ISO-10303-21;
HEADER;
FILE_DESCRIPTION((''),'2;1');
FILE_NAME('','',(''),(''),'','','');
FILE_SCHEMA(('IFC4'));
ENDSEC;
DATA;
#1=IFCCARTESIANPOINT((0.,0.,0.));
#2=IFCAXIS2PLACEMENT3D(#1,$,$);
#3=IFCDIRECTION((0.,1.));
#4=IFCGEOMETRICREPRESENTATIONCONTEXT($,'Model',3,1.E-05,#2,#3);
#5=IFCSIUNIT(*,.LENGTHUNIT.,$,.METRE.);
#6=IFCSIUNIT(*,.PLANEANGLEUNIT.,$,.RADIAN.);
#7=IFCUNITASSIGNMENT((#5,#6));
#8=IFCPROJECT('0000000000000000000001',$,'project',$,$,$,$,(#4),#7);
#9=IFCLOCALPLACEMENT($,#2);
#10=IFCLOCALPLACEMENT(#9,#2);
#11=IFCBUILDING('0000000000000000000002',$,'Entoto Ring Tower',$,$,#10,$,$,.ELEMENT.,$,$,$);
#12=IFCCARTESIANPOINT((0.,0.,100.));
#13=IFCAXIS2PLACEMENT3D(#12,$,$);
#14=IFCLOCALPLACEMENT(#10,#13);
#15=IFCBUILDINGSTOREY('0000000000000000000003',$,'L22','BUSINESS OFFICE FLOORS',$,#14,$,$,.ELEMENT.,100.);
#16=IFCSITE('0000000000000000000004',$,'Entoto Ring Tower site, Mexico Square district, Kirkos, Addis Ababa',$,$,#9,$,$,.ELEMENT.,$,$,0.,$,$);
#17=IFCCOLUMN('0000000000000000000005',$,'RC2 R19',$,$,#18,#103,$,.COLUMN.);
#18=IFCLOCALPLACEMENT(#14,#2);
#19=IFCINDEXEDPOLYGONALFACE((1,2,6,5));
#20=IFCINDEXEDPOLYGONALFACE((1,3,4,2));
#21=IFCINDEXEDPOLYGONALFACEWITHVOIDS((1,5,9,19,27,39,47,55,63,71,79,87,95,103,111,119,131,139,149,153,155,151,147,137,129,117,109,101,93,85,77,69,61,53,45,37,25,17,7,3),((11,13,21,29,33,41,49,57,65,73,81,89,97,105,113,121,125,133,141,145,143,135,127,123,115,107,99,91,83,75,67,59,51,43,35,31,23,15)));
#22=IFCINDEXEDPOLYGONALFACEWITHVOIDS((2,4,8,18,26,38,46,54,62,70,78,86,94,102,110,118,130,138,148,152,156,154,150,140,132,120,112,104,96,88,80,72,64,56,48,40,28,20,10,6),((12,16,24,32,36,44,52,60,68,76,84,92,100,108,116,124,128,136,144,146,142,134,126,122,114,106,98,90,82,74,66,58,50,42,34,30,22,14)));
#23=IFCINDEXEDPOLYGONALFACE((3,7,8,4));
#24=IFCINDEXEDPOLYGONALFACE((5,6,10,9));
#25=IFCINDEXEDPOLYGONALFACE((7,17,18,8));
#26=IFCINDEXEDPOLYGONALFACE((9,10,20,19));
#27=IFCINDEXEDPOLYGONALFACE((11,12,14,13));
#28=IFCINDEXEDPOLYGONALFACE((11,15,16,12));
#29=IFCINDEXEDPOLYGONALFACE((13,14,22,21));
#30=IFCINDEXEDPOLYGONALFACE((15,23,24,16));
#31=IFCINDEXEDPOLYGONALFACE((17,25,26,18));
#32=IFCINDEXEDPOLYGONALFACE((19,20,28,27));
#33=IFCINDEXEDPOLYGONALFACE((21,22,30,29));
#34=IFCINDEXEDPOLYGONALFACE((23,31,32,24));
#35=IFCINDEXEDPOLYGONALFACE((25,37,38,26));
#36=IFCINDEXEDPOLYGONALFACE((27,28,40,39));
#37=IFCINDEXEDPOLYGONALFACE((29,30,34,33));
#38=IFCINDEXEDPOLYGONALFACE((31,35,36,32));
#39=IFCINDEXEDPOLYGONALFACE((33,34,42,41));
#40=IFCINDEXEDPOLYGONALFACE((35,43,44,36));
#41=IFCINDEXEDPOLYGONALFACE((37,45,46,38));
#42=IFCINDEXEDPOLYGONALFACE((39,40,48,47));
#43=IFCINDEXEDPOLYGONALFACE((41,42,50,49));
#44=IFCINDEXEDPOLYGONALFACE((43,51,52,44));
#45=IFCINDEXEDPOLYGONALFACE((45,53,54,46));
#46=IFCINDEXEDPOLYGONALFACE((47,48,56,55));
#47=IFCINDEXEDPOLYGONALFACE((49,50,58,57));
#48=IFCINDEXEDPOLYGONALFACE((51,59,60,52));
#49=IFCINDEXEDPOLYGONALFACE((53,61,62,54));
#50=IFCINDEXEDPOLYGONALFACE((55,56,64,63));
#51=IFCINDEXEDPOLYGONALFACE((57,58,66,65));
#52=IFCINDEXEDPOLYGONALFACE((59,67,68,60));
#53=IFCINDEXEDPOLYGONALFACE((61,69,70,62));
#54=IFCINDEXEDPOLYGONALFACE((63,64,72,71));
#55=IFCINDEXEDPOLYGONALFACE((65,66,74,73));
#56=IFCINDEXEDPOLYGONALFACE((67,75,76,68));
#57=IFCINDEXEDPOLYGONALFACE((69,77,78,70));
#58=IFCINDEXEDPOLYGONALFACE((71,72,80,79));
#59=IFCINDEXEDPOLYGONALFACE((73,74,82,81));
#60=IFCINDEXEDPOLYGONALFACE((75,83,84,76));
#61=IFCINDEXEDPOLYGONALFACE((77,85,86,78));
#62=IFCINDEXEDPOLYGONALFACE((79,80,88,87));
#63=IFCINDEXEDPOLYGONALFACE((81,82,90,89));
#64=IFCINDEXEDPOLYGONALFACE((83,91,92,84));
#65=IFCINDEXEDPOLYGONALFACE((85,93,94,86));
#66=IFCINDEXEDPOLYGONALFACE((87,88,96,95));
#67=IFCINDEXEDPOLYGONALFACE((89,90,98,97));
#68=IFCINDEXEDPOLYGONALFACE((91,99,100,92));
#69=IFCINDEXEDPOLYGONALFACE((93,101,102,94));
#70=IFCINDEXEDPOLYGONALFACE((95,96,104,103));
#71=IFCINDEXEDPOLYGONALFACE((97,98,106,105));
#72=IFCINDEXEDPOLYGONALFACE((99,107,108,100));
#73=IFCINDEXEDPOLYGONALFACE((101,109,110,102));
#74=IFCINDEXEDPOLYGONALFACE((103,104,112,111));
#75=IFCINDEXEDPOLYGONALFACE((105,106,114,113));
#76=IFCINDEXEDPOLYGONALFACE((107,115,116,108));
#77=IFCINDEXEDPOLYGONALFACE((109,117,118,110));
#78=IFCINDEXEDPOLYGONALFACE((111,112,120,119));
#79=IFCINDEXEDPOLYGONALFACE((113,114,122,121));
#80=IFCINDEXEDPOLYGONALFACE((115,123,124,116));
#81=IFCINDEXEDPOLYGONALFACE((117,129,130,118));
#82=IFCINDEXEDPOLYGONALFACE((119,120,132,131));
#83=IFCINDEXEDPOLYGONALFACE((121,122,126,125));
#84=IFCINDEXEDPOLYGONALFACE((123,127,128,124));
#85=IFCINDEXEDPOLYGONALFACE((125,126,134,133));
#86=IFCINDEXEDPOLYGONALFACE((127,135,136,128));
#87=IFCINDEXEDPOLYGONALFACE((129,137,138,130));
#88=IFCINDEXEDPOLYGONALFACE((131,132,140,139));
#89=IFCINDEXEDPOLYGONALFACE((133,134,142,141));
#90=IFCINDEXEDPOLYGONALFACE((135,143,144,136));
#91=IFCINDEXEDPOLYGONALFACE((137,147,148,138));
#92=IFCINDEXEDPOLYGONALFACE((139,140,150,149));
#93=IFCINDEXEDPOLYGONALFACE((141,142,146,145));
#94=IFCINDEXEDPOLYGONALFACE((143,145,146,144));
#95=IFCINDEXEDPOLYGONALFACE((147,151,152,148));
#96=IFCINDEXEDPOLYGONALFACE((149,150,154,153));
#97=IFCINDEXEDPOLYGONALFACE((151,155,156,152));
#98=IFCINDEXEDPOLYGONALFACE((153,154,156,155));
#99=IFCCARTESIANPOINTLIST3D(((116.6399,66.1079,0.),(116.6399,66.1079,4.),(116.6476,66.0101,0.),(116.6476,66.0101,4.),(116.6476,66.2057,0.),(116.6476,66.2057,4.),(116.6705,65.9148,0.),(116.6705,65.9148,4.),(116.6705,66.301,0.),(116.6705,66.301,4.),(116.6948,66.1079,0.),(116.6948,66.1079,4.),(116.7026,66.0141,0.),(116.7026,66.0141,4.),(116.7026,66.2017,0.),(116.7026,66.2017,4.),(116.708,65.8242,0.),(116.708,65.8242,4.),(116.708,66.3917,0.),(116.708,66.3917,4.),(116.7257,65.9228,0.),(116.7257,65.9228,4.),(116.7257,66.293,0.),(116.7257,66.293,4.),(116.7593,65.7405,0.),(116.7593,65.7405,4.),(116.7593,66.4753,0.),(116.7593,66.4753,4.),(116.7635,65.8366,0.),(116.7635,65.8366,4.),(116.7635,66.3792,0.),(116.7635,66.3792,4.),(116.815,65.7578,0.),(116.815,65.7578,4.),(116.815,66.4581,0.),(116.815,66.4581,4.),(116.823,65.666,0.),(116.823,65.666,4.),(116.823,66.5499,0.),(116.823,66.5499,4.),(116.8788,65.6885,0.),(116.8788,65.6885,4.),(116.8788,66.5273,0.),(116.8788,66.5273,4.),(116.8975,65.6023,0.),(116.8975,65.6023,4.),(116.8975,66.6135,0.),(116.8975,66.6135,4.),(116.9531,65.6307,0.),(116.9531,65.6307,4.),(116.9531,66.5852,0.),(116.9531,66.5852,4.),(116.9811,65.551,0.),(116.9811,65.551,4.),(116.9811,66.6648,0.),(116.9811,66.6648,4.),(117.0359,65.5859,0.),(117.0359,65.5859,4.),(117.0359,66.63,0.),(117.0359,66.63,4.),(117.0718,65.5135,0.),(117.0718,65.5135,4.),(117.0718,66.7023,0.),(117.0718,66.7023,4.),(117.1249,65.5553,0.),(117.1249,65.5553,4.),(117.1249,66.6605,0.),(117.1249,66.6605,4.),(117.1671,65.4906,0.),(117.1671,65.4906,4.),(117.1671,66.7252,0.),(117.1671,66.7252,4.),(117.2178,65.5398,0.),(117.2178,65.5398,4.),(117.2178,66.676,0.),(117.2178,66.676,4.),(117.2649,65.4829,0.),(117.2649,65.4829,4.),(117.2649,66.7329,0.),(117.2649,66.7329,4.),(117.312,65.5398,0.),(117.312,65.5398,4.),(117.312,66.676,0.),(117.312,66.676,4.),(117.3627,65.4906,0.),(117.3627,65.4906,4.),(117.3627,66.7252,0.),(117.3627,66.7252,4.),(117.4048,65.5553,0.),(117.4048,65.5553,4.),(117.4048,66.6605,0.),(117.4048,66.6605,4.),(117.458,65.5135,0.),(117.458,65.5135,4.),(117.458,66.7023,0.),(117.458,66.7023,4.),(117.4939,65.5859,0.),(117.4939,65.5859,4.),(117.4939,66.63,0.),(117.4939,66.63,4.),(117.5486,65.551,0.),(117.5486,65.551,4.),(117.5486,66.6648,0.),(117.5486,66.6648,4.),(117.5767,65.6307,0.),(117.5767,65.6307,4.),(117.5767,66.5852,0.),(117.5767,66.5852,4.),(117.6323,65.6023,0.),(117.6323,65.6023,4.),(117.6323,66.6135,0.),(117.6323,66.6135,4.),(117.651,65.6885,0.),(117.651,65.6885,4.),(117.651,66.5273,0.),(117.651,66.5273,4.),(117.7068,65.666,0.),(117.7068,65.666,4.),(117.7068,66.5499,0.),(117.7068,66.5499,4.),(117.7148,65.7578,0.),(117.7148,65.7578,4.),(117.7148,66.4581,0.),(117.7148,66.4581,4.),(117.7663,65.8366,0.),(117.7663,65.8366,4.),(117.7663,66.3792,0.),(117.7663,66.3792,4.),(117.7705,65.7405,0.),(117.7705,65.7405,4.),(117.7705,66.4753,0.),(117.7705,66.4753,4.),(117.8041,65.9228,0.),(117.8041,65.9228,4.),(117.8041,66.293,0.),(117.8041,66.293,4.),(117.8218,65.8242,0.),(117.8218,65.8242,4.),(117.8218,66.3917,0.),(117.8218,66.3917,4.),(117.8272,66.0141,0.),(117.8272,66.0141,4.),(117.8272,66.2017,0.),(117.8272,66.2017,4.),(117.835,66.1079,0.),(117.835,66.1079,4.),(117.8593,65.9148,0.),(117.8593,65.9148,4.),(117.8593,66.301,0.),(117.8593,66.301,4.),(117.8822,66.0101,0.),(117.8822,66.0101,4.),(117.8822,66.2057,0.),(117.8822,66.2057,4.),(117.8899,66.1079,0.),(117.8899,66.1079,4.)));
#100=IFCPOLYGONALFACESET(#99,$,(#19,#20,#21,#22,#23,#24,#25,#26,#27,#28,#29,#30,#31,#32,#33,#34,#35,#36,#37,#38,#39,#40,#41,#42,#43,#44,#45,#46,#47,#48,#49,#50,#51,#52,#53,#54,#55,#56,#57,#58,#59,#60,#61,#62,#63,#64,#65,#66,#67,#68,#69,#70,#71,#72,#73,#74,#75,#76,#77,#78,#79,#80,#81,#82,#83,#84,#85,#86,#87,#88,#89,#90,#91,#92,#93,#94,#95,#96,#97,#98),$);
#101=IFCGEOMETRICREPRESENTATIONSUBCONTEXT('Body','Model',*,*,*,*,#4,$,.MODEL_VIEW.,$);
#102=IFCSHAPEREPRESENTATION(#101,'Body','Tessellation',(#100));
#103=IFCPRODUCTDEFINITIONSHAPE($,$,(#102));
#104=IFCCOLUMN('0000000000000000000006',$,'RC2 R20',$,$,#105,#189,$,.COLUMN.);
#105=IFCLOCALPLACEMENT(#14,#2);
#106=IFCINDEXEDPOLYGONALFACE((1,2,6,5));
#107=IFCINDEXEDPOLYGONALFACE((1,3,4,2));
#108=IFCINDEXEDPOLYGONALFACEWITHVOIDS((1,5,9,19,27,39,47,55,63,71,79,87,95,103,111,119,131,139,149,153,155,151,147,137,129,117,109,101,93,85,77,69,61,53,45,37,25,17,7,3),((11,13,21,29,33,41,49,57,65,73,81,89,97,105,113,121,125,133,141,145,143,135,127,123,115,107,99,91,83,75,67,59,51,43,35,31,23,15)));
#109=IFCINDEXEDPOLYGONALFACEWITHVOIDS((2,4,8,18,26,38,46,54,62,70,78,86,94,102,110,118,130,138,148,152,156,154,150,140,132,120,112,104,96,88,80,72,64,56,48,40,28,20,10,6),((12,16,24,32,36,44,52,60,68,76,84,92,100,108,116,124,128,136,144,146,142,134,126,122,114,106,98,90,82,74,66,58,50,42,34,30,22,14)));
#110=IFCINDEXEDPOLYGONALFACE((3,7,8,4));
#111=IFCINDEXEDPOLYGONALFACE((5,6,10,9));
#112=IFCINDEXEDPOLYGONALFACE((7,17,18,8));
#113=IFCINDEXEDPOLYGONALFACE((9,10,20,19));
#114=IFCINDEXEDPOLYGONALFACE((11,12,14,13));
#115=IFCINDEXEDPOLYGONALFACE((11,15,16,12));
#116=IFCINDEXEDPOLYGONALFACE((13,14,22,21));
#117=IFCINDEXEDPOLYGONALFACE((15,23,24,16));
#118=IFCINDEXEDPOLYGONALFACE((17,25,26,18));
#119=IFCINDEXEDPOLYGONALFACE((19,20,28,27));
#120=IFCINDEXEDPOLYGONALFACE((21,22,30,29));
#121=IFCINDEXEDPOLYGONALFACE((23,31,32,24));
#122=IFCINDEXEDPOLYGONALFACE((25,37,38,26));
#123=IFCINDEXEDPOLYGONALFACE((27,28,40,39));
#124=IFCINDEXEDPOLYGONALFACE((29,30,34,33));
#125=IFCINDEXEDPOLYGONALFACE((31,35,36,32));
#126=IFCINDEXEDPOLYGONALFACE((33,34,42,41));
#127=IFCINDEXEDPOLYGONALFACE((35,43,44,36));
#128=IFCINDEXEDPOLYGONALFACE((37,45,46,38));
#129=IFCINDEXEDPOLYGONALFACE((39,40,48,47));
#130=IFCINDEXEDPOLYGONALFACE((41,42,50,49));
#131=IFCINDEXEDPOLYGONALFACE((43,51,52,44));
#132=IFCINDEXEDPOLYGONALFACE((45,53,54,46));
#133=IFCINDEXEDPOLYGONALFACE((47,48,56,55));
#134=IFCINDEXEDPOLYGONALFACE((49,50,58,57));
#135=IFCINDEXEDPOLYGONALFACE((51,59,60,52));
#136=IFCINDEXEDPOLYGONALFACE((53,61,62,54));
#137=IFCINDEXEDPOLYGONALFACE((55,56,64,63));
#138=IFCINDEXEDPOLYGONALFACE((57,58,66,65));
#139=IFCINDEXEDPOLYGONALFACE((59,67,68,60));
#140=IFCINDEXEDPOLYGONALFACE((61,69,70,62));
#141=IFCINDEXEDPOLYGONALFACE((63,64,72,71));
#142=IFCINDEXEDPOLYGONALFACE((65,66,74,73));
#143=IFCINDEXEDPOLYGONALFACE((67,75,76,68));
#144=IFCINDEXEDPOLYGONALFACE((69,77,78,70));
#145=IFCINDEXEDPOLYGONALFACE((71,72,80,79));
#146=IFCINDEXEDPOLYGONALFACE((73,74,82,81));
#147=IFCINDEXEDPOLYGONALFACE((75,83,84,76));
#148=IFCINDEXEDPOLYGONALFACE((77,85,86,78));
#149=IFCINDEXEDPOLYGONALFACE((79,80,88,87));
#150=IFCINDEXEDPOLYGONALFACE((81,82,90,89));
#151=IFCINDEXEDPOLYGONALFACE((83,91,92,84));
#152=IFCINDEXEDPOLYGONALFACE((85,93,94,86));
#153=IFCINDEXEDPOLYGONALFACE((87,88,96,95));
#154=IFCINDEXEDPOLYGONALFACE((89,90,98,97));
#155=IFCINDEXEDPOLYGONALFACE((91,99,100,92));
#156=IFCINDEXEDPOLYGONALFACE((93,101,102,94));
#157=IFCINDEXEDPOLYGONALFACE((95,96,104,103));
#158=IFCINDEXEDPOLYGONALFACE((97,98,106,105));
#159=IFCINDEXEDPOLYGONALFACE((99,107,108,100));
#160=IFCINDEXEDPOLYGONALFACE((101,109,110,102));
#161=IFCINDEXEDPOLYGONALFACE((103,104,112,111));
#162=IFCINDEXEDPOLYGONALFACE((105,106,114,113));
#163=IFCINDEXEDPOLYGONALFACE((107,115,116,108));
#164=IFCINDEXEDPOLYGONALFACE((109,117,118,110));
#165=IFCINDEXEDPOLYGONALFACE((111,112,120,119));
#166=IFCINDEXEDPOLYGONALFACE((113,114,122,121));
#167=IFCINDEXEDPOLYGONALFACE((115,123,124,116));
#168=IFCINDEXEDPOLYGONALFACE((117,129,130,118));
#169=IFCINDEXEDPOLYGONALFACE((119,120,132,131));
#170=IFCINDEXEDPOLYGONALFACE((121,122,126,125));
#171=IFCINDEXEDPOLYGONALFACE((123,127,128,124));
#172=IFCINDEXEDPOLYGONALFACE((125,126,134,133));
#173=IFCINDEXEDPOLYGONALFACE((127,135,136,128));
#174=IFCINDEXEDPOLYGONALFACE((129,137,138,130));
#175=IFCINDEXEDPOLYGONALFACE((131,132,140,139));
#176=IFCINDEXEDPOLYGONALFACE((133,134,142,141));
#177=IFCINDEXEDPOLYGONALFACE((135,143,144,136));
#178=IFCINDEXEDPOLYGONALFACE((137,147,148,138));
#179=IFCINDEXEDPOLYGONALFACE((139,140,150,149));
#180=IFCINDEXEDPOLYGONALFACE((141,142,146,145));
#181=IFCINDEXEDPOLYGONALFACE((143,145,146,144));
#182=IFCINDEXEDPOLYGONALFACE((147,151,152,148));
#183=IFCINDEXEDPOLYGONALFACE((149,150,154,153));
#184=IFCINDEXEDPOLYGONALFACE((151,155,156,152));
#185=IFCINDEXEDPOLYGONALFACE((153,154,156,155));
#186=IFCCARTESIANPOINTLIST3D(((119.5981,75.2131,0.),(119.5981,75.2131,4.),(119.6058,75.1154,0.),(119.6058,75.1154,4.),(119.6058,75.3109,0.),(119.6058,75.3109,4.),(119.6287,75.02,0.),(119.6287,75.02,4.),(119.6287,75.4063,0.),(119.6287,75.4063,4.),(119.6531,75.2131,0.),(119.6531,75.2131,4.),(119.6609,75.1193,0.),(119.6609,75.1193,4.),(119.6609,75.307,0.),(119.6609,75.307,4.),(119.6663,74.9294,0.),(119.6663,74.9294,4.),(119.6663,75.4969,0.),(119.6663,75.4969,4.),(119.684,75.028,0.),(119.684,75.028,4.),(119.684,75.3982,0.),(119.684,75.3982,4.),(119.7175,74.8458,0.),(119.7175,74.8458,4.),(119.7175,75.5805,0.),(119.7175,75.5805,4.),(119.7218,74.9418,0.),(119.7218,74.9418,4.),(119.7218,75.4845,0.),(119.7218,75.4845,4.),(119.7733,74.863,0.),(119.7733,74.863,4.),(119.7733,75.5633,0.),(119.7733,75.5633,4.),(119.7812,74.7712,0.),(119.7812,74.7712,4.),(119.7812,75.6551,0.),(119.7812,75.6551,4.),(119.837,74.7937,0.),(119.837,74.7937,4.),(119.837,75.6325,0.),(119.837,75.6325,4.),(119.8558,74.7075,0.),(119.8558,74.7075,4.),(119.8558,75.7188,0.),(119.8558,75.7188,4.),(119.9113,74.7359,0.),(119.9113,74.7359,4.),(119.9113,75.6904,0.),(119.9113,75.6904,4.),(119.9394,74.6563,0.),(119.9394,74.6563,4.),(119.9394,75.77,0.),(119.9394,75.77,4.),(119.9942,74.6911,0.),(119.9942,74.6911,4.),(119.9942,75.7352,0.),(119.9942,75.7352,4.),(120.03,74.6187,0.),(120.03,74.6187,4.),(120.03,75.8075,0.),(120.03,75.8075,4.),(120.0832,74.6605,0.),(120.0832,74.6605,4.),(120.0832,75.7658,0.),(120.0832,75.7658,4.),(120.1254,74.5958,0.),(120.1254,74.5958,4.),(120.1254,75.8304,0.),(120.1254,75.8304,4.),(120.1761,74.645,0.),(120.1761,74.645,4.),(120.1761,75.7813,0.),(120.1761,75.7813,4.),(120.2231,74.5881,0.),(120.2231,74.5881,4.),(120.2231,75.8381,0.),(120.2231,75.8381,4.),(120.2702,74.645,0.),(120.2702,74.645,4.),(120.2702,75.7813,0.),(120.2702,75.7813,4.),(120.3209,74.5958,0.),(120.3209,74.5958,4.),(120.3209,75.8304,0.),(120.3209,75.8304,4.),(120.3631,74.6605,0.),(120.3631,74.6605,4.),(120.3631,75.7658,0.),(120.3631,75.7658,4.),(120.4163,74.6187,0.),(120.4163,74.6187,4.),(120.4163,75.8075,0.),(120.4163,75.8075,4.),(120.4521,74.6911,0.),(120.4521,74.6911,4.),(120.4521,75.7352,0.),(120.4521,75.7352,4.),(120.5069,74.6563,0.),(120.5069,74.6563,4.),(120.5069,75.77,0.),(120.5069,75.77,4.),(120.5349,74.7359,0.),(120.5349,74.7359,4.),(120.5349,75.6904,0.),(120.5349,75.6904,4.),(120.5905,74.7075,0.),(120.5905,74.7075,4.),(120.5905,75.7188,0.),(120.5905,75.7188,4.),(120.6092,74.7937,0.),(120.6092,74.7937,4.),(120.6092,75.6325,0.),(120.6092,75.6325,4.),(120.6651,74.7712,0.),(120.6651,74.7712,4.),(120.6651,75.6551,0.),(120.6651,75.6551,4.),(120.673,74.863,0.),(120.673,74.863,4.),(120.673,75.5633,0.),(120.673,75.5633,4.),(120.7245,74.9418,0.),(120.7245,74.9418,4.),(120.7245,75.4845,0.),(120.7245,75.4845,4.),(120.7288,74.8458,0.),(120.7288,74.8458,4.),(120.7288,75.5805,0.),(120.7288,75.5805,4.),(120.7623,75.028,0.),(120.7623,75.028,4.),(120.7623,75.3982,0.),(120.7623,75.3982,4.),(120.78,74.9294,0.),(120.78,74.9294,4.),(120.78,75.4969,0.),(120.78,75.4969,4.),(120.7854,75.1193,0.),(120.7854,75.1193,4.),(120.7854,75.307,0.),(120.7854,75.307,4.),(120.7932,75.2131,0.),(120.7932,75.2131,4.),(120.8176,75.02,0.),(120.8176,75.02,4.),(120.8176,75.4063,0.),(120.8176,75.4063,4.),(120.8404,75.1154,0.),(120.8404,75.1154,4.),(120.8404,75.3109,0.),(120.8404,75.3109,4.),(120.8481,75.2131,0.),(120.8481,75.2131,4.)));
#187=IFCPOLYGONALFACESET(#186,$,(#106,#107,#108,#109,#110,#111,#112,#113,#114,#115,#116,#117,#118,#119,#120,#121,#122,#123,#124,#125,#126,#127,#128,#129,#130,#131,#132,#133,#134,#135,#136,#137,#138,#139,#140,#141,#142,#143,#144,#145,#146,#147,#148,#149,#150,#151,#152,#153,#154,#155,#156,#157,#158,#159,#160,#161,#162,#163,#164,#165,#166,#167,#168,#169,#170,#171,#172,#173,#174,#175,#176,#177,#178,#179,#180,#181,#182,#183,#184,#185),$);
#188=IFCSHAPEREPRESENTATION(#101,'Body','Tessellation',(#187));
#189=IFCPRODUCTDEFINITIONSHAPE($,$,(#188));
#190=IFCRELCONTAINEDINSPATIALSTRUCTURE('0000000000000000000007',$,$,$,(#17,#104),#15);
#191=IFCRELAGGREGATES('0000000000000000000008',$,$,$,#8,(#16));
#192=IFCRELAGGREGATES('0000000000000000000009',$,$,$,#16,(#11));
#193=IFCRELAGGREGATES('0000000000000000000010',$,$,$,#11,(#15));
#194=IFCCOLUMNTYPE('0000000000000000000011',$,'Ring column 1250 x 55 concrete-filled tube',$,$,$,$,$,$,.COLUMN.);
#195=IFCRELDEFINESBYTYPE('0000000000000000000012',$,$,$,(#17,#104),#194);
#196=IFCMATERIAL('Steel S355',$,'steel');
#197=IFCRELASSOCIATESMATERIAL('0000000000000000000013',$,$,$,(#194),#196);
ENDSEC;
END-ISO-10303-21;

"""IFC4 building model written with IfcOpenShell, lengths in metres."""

from ifc_helpers import new_model, si_unit, direction, frame, origin, origin_2d, place, context, subcontext, project, spatial, circle, hollow_circle, extrude, material, material_profile, profile_set, type_object, element, save


model = new_model("IFC4")

# Units and contexts
model_context = context("Model", 3, precision=1e-05, world=origin(), true_north=direction((0.0, 1.0)))
body_context = subcontext(model_context, "Body", "Model", "MODEL_VIEW")
ifc_project = project(units=[si_unit("LENGTHUNIT", "METRE"), si_unit("PLANEANGLEUNIT", "RADIAN")], contexts=[model_context])

# Site, building, storey
site_placement = place(None, origin())
site = spatial("IfcSite", under=ifc_project, at=site_placement, Name="Entoto Ring Tower site, Mexico Square district, Kirkos, Addis Ababa", CompositionType="ELEMENT", RefElevation=0.0)
building_placement = place(site_placement, origin())
building = spatial("IfcBuilding", under=site, at=building_placement, Name="Entoto Ring Tower", CompositionType="ELEMENT")
storey_placement = place(building_placement, frame((0.0, 0.0, 100.0)))
storey = spatial("IfcBuildingStorey", under=building, at=storey_placement, Name="L22", Description="BUSINESS OFFICE FLOORS", CompositionType="ELEMENT", Elevation=100.0)

# Columns
ifc_material_1 = material(Name="Steel S355", Category="steel")
ifc_material_profile_1 = material_profile(ifc_material_1, hollow_circle(Radius=0.625, WallThickness=0.0549, at=origin_2d()), Name="CHS 1250 x 55")
ifc_material_2 = material(Name="Concrete C60/75", Category="concrete")
ifc_material_profile_2 = material_profile(ifc_material_2, circle(Radius=0.5701, at=origin_2d()), Name="Concrete C60/75 infill")
ifc_profile_set_1 = profile_set([ifc_material_profile_1, ifc_material_profile_2], Name="Steel S355")
column_type = type_object("IfcColumnType", Name="Ring column 1250 x 55 concrete-filled tube", PredefinedType="COLUMN", material=ifc_profile_set_1)
for number, where, z_axis, x_axis, name in (
    (1, (117.2649, 66.1079, 0.0), (0.0, 0.0, 1.0), (1.0, 0.0, 0.0), "RC2 R19"),
    (2, (120.2231, 75.2131, 0.0), (0.0, 0.0, 1.0), (1.0, 0.0, 0.0), "RC2 R20"),
):
    element("IfcColumn", number, at=place(storey_placement, frame(where, z_axis=z_axis, x_axis=x_axis)), inside=storey, type_object=column_type, Name=name, PredefinedType="COLUMN", context=body_context, shape_type="SweptSolid", body=[
        extrude(hollow_circle(Radius=0.625, WallThickness=0.0549, at=origin_2d()), origin(), (0.0, 0.0, 1.0), 4.0),
    ])

save(model, "model.ifc")
